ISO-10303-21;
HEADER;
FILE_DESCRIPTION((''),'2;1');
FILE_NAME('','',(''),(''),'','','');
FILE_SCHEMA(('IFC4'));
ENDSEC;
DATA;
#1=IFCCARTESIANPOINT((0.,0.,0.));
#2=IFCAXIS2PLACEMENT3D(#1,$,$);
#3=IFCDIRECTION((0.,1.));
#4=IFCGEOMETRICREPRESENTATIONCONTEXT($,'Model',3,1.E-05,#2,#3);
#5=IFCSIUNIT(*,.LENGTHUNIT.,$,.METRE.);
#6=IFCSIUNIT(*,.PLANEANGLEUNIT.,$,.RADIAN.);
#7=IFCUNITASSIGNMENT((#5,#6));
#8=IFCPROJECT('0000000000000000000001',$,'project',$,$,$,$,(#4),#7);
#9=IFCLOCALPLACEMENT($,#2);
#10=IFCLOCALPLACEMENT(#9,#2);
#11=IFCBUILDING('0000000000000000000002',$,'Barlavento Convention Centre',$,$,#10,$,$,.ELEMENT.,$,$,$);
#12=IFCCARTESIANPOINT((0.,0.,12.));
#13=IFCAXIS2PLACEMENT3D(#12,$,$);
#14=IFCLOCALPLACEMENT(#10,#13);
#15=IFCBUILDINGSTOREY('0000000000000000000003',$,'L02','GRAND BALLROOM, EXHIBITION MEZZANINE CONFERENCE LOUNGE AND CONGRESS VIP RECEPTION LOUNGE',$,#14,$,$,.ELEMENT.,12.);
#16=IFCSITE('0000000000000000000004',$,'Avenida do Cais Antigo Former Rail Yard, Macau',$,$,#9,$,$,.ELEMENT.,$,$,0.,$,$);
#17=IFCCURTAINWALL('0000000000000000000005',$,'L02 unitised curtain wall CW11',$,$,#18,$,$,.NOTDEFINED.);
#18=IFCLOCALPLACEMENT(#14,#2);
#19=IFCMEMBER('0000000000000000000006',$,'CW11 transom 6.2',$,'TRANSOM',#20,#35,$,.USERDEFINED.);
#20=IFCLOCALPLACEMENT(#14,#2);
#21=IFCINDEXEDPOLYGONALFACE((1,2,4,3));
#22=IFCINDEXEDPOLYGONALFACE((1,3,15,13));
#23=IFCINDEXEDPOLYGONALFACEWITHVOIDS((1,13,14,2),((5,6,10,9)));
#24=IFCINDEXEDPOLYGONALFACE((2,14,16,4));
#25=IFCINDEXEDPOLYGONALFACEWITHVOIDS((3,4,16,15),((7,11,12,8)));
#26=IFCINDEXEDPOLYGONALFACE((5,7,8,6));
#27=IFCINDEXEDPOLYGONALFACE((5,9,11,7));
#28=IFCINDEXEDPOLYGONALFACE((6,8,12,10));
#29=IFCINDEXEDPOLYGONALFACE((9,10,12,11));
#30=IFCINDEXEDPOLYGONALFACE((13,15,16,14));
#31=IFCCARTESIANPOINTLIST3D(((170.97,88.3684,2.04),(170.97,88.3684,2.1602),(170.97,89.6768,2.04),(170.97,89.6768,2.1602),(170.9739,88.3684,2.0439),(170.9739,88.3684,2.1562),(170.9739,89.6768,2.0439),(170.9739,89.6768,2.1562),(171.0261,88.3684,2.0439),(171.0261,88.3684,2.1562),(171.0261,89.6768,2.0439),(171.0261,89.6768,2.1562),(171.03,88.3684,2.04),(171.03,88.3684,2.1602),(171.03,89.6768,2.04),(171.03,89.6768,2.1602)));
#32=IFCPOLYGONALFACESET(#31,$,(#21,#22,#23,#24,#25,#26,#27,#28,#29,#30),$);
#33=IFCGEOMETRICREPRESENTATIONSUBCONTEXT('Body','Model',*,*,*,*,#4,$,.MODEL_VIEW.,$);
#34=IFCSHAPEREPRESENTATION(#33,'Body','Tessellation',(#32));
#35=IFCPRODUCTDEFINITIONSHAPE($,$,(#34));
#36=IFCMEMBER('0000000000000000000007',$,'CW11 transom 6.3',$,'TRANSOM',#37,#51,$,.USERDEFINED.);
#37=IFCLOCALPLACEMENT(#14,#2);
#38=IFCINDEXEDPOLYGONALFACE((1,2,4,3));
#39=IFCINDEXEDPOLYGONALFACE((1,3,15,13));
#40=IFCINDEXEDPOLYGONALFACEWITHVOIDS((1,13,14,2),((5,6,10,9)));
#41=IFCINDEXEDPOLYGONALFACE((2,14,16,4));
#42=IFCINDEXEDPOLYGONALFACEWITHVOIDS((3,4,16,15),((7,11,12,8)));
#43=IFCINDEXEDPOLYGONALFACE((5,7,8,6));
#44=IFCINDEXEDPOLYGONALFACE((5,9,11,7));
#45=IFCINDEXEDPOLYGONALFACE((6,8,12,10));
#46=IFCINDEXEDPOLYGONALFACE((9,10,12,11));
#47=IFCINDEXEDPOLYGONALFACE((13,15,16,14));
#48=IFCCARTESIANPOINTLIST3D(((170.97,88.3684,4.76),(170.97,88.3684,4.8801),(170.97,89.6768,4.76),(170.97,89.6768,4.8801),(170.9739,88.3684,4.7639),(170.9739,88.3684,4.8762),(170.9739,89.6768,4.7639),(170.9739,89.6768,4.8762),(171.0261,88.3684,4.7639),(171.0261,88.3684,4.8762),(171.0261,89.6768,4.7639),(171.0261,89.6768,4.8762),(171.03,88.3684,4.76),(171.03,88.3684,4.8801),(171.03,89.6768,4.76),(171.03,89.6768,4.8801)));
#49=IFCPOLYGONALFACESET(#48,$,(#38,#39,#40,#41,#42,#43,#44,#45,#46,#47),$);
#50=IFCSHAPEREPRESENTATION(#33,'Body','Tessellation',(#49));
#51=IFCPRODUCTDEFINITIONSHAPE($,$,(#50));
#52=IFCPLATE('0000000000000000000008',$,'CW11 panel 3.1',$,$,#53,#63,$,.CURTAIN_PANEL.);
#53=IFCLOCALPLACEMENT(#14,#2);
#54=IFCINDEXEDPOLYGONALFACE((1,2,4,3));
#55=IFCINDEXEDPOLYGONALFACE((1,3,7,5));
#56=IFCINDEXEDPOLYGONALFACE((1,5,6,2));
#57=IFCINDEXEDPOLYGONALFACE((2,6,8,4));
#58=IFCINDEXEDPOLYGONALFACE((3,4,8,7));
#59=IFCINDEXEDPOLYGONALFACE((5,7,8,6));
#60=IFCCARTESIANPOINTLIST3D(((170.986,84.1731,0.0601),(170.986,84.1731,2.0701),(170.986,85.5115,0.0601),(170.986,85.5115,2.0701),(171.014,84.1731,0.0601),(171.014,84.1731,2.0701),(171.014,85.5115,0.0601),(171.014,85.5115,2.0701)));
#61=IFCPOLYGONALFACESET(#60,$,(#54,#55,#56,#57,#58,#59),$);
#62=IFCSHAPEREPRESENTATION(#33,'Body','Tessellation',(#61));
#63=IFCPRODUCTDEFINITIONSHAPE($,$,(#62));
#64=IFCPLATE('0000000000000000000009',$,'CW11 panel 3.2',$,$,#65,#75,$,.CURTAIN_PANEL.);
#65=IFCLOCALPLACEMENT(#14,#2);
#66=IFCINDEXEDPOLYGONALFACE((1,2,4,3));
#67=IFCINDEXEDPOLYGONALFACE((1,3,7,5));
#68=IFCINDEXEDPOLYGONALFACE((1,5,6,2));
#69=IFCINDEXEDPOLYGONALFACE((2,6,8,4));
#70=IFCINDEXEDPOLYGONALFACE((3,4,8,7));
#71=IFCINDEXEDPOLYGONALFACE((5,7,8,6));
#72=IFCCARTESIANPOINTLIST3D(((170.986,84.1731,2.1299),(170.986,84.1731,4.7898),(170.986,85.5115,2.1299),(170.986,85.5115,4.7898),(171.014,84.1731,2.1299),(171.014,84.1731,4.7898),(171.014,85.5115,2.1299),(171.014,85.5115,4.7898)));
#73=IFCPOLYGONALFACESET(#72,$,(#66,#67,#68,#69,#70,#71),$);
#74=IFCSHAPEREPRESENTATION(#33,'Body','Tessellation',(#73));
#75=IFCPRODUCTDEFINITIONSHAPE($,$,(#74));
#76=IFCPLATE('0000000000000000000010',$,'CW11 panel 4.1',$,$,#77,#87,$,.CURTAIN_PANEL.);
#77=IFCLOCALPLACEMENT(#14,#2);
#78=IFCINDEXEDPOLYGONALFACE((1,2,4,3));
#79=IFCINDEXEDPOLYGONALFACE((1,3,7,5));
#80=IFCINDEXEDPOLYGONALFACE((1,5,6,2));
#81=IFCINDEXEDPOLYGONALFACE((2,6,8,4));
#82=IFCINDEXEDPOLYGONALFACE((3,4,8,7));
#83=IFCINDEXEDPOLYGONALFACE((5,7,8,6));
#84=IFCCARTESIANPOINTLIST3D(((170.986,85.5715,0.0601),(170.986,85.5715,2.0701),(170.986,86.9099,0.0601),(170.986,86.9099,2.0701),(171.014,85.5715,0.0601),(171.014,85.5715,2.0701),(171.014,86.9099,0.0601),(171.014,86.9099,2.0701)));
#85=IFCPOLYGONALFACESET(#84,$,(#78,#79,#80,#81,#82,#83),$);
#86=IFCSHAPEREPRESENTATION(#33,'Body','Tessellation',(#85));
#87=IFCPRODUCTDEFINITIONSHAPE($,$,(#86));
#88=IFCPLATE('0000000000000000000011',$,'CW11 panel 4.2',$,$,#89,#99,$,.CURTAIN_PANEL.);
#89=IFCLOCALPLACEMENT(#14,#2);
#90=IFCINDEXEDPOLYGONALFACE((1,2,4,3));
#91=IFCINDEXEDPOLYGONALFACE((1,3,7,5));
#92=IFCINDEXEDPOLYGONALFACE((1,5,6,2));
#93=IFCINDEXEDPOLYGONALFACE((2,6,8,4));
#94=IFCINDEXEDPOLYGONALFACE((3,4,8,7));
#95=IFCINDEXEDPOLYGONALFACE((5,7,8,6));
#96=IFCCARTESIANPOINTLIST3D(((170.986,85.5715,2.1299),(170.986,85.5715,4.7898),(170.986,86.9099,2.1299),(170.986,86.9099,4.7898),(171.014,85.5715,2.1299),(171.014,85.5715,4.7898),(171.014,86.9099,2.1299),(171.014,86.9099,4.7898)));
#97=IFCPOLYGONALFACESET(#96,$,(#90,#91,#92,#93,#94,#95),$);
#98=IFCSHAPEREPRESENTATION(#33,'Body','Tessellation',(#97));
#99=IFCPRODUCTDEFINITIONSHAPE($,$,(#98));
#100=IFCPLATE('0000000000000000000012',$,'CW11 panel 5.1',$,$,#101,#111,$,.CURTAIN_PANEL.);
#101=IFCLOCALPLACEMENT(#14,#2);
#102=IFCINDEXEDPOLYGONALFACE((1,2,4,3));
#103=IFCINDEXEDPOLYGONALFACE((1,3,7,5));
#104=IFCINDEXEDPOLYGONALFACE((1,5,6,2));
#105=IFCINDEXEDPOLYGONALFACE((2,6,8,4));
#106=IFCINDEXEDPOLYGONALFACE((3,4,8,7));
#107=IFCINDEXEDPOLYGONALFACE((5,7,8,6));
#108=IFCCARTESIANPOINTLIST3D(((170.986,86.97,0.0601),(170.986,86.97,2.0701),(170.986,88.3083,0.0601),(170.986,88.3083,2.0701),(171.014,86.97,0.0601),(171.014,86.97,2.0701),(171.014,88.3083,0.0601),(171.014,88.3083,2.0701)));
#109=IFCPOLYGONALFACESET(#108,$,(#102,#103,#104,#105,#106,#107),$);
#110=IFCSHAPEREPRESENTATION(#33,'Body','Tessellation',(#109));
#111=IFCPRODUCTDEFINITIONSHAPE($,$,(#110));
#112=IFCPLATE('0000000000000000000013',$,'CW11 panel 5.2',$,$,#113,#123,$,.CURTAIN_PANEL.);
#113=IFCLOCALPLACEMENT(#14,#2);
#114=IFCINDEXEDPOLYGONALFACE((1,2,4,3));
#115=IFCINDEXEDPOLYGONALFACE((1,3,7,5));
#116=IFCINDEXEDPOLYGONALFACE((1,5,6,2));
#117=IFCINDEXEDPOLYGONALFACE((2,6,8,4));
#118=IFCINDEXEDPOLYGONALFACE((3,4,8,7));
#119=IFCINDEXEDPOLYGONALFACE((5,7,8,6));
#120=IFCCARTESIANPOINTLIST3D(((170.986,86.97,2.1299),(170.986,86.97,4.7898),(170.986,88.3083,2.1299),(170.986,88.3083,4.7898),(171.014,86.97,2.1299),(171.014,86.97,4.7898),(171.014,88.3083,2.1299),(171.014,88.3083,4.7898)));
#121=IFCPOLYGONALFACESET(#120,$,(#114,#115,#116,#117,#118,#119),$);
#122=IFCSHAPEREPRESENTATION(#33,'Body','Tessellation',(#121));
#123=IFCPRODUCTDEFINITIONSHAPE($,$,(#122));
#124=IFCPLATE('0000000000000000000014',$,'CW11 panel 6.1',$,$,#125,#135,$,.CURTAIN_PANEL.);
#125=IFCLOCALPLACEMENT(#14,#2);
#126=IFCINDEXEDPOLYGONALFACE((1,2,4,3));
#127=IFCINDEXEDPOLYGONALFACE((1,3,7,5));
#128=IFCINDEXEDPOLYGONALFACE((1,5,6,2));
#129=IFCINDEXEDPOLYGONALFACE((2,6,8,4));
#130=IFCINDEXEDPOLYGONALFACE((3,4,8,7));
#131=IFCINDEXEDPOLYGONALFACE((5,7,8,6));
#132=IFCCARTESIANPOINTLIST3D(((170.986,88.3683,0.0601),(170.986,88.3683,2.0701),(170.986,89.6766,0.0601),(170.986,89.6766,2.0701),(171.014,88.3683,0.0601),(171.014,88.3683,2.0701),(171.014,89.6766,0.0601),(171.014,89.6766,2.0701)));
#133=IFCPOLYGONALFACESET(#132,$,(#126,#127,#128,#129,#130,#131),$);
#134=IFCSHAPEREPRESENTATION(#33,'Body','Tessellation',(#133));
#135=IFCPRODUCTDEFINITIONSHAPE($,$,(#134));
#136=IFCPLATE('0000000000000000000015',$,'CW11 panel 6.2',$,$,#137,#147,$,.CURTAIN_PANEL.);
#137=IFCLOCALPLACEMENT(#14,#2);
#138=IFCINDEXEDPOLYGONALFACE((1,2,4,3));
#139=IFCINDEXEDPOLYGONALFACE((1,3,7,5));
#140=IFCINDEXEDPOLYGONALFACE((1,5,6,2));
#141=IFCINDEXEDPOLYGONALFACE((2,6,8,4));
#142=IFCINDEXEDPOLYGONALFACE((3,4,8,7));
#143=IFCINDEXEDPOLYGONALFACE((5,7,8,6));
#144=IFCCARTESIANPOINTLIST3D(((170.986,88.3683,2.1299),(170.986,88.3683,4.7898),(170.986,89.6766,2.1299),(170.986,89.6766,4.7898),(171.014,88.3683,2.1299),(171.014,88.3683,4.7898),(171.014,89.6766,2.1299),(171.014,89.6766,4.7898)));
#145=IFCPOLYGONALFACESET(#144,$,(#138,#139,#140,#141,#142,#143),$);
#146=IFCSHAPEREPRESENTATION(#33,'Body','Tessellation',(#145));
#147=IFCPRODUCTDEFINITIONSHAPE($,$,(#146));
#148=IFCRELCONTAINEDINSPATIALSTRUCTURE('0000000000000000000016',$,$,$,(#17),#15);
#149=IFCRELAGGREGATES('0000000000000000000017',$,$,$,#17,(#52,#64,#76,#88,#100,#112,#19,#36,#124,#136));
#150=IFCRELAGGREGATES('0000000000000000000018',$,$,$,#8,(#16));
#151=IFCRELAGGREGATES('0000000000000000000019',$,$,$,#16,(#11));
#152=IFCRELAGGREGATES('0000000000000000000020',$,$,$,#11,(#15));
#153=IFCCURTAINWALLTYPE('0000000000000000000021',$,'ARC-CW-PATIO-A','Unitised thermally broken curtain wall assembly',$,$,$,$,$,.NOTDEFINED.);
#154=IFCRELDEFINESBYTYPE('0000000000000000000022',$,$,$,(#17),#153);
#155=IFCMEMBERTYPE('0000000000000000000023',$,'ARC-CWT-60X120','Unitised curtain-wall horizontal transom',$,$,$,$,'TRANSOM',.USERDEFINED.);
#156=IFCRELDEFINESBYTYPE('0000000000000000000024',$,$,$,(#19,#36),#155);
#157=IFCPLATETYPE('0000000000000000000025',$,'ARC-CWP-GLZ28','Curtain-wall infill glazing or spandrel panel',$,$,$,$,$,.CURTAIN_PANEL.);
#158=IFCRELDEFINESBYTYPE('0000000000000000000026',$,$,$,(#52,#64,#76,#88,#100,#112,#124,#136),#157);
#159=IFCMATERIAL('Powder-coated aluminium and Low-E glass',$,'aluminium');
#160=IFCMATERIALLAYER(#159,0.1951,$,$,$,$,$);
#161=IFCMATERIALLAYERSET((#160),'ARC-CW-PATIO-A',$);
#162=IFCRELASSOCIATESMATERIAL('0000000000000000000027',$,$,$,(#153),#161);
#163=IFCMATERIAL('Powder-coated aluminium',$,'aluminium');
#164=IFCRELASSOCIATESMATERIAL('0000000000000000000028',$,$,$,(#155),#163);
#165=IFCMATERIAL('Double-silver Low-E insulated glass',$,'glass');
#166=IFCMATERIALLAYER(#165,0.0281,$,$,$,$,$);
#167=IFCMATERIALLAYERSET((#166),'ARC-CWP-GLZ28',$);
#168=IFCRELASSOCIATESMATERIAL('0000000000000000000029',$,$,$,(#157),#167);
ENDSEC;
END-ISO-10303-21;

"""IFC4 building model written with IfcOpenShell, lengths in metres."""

from ifc_helpers import new_model, si_unit, direction, frame, origin, origin_2d, place, context, subcontext, project, spatial, rectangle, hollow_rectangle, extrude, material, layer, layer_set, material_profile, profile_set, type_object, element, aggregate, save


model = new_model("IFC4")

# Units and contexts
model_context = context("Model", 3, precision=1e-05, world=origin(), true_north=direction((0.0, 1.0)))
body_context = subcontext(model_context, "Body", "Model", "MODEL_VIEW")
ifc_project = project(units=[si_unit("LENGTHUNIT", "METRE"), si_unit("PLANEANGLEUNIT", "RADIAN")], contexts=[model_context])

# Site, building, storey
site_placement = place(None, origin())
site = spatial("IfcSite", under=ifc_project, at=site_placement, Name="Avenida do Cais Antigo Former Rail Yard, Macau", CompositionType="ELEMENT", RefElevation=0.0)
building_placement = place(site_placement, origin())
building = spatial("IfcBuilding", under=site, at=building_placement, Name="Barlavento Convention Centre", CompositionType="ELEMENT")
storey_placement = place(building_placement, frame((0.0, 0.0, 12.0)))
storey = spatial("IfcBuildingStorey", under=building, at=storey_placement, Name="L02", Description="GRAND BALLROOM, EXHIBITION MEZZANINE CONFERENCE LOUNGE AND CONGRESS VIP RECEPTION LOUNGE", CompositionType="ELEMENT", Elevation=12.0)

# Curtain wall, members, plates
ifc_material_1 = material(Name="Powder-coated aluminium and Low-E glass", Category="aluminium")
ifc_layer_1 = layer(ifc_material_1, 0.1951)
ifc_layer_set_1 = layer_set([ifc_layer_1], Name="ARC-CW-PATIO-A")
curtain_wall_type = type_object("IfcCurtainWallType", Name="ARC-CW-PATIO-A", Description="Unitised thermally broken curtain wall assembly", PredefinedType="NOTDEFINED", material=ifc_layer_set_1)
curtain_wall_placement = place(storey_placement, origin())
curtain_wall = element("IfcCurtainWall", 1, at=curtain_wall_placement, inside=storey, type_object=curtain_wall_type, Name="L02 unitised curtain wall CW11", PredefinedType="NOTDEFINED")
ifc_material_2 = material(Name="Powder-coated aluminium", Category="aluminium")
ifc_material_profile_1 = material_profile(ifc_material_2, hollow_rectangle(XDim=0.0601, YDim=0.1201, WallThickness=0.0039, at=origin_2d()), Name="AL-TRAN 60x120x4")
ifc_profile_set_1 = profile_set([ifc_material_profile_1], Name="Powder-coated aluminium")
member_type_1 = type_object("IfcMemberType", Name="ARC-CWT-60X120", Description="Unitised curtain-wall horizontal transom", ElementType="TRANSOM", PredefinedType="USERDEFINED", material=ifc_profile_set_1)
member_1_placement = place(storey_placement, frame((171.0, 88.3684, 2.1001), z_axis=(0.0, 1.0, 0.0), x_axis=(-1.0, 0.0, 0.0)))
member_1 = element("IfcMember", 2, at=member_1_placement, type_object=member_type_1, Name="CW11 transom 6.2", ObjectType="TRANSOM", PredefinedType="USERDEFINED", context=body_context, shape_type="SweptSolid", body=[
    extrude(hollow_rectangle(XDim=0.0601, YDim=0.1201, WallThickness=0.0039, at=origin_2d()), origin(), (0.0, 0.0, 1.0), 1.3083),
])
member_2_placement = place(storey_placement, frame((171.0, 88.3684, 4.8201), z_axis=(0.0, 1.0, 0.0), x_axis=(-1.0, 0.0, 0.0)))
member_2 = element("IfcMember", 3, at=member_2_placement, type_object=member_type_1, Name="CW11 transom 6.3", ObjectType="TRANSOM", PredefinedType="USERDEFINED", context=body_context, shape_type="SweptSolid", body=[
    extrude(hollow_rectangle(XDim=0.0601, YDim=0.1201, WallThickness=0.0039, at=origin_2d()), origin(), (0.0, 0.0, 1.0), 1.3083),
])
ifc_material_3 = material(Name="Double-silver Low-E insulated glass", Category="glass")
ifc_layer_2 = layer(ifc_material_3, 0.0281)
ifc_layer_set_2 = layer_set([ifc_layer_2], Name="ARC-CWP-GLZ28")
plate_type = type_object("IfcPlateType", Name="ARC-CWP-GLZ28", Description="Curtain-wall infill glazing or spandrel panel", PredefinedType="CURTAIN_PANEL", material=ifc_layer_set_2)
plate_1_placement = place(storey_placement, frame((171.0, 84.8423, 0.0601), z_axis=(0.0, 0.0, 1.0), x_axis=(0.0, 1.0, 0.0)))
plate_1 = element("IfcPlate", 4, at=plate_1_placement, type_object=plate_type, Name="CW11 panel 3.1", PredefinedType="CURTAIN_PANEL", context=body_context, shape_type="SweptSolid", body=[
    extrude(rectangle(XDim=1.3384, YDim=0.0281, at=origin_2d()), origin(), (0.0, 0.0, 1.0), 2.01),
])
plate_2_placement = place(storey_placement, frame((171.0, 84.8423, 2.1299), z_axis=(0.0, 0.0, 1.0), x_axis=(0.0, 1.0, 0.0)))
plate_2 = element("IfcPlate", 5, at=plate_2_placement, type_object=plate_type, Name="CW11 panel 3.2", PredefinedType="CURTAIN_PANEL", context=body_context, shape_type="SweptSolid", body=[
    extrude(rectangle(XDim=1.3384, YDim=0.0281, at=origin_2d()), origin(), (0.0, 0.0, 1.0), 2.6599),
])
plate_3_placement = place(storey_placement, frame((171.0, 86.2407, 0.0601), z_axis=(0.0, 0.0, 1.0), x_axis=(0.0, 1.0, 0.0)))
plate_3 = element("IfcPlate", 6, at=plate_3_placement, type_object=plate_type, Name="CW11 panel 4.1", PredefinedType="CURTAIN_PANEL", context=body_context, shape_type="SweptSolid", body=[
    extrude(rectangle(XDim=1.3384, YDim=0.0281, at=origin_2d()), origin(), (0.0, 0.0, 1.0), 2.01),
])
plate_4_placement = place(storey_placement, frame((171.0, 86.2407, 2.1299), z_axis=(0.0, 0.0, 1.0), x_axis=(0.0, 1.0, 0.0)))
plate_4 = element("IfcPlate", 7, at=plate_4_placement, type_object=plate_type, Name="CW11 panel 4.2", PredefinedType="CURTAIN_PANEL", context=body_context, shape_type="SweptSolid", body=[
    extrude(rectangle(XDim=1.3384, YDim=0.0281, at=origin_2d()), origin(), (0.0, 0.0, 1.0), 2.6599),
])
plate_5_placement = place(storey_placement, frame((171.0, 87.6392, 0.0601), z_axis=(0.0, 0.0, 1.0), x_axis=(0.0, 1.0, 0.0)))
plate_5 = element("IfcPlate", 8, at=plate_5_placement, type_object=plate_type, Name="CW11 panel 5.1", PredefinedType="CURTAIN_PANEL", context=body_context, shape_type="SweptSolid", body=[
    extrude(rectangle(XDim=1.3384, YDim=0.0281, at=origin_2d()), origin(), (0.0, 0.0, 1.0), 2.01),
])
plate_6_placement = place(storey_placement, frame((171.0, 87.6392, 2.1299), z_axis=(0.0, 0.0, 1.0), x_axis=(0.0, 1.0, 0.0)))
plate_6 = element("IfcPlate", 9, at=plate_6_placement, type_object=plate_type, Name="CW11 panel 5.2", PredefinedType="CURTAIN_PANEL", context=body_context, shape_type="SweptSolid", body=[
    extrude(rectangle(XDim=1.3384, YDim=0.0281, at=origin_2d()), origin(), (0.0, 0.0, 1.0), 2.6599),
])
plate_7_placement = place(storey_placement, frame((171.0, 89.0225, 0.0601), z_axis=(0.0, 0.0, 1.0), x_axis=(0.0, 1.0, 0.0)))
plate_7 = element("IfcPlate", 10, at=plate_7_placement, type_object=plate_type, Name="CW11 panel 6.1", PredefinedType="CURTAIN_PANEL", context=body_context, shape_type="SweptSolid", body=[
    extrude(rectangle(XDim=1.3083, YDim=0.0281, at=origin_2d()), origin(), (0.0, 0.0, 1.0), 2.01),
])
plate_8_placement = place(storey_placement, frame((171.0, 89.0225, 2.1299), z_axis=(0.0, 0.0, 1.0), x_axis=(0.0, 1.0, 0.0)))
plate_8 = element("IfcPlate", 11, at=plate_8_placement, type_object=plate_type, Name="CW11 panel 6.2", PredefinedType="CURTAIN_PANEL", context=body_context, shape_type="SweptSolid", body=[
    extrude(rectangle(XDim=1.3083, YDim=0.0281, at=origin_2d()), origin(), (0.0, 0.0, 1.0), 2.6599),
])
aggregate(curtain_wall, [plate_1, plate_2, plate_3, plate_4, plate_5, plate_6, member_1, member_2, plate_7, plate_8])

save(model, "model.ifc")
